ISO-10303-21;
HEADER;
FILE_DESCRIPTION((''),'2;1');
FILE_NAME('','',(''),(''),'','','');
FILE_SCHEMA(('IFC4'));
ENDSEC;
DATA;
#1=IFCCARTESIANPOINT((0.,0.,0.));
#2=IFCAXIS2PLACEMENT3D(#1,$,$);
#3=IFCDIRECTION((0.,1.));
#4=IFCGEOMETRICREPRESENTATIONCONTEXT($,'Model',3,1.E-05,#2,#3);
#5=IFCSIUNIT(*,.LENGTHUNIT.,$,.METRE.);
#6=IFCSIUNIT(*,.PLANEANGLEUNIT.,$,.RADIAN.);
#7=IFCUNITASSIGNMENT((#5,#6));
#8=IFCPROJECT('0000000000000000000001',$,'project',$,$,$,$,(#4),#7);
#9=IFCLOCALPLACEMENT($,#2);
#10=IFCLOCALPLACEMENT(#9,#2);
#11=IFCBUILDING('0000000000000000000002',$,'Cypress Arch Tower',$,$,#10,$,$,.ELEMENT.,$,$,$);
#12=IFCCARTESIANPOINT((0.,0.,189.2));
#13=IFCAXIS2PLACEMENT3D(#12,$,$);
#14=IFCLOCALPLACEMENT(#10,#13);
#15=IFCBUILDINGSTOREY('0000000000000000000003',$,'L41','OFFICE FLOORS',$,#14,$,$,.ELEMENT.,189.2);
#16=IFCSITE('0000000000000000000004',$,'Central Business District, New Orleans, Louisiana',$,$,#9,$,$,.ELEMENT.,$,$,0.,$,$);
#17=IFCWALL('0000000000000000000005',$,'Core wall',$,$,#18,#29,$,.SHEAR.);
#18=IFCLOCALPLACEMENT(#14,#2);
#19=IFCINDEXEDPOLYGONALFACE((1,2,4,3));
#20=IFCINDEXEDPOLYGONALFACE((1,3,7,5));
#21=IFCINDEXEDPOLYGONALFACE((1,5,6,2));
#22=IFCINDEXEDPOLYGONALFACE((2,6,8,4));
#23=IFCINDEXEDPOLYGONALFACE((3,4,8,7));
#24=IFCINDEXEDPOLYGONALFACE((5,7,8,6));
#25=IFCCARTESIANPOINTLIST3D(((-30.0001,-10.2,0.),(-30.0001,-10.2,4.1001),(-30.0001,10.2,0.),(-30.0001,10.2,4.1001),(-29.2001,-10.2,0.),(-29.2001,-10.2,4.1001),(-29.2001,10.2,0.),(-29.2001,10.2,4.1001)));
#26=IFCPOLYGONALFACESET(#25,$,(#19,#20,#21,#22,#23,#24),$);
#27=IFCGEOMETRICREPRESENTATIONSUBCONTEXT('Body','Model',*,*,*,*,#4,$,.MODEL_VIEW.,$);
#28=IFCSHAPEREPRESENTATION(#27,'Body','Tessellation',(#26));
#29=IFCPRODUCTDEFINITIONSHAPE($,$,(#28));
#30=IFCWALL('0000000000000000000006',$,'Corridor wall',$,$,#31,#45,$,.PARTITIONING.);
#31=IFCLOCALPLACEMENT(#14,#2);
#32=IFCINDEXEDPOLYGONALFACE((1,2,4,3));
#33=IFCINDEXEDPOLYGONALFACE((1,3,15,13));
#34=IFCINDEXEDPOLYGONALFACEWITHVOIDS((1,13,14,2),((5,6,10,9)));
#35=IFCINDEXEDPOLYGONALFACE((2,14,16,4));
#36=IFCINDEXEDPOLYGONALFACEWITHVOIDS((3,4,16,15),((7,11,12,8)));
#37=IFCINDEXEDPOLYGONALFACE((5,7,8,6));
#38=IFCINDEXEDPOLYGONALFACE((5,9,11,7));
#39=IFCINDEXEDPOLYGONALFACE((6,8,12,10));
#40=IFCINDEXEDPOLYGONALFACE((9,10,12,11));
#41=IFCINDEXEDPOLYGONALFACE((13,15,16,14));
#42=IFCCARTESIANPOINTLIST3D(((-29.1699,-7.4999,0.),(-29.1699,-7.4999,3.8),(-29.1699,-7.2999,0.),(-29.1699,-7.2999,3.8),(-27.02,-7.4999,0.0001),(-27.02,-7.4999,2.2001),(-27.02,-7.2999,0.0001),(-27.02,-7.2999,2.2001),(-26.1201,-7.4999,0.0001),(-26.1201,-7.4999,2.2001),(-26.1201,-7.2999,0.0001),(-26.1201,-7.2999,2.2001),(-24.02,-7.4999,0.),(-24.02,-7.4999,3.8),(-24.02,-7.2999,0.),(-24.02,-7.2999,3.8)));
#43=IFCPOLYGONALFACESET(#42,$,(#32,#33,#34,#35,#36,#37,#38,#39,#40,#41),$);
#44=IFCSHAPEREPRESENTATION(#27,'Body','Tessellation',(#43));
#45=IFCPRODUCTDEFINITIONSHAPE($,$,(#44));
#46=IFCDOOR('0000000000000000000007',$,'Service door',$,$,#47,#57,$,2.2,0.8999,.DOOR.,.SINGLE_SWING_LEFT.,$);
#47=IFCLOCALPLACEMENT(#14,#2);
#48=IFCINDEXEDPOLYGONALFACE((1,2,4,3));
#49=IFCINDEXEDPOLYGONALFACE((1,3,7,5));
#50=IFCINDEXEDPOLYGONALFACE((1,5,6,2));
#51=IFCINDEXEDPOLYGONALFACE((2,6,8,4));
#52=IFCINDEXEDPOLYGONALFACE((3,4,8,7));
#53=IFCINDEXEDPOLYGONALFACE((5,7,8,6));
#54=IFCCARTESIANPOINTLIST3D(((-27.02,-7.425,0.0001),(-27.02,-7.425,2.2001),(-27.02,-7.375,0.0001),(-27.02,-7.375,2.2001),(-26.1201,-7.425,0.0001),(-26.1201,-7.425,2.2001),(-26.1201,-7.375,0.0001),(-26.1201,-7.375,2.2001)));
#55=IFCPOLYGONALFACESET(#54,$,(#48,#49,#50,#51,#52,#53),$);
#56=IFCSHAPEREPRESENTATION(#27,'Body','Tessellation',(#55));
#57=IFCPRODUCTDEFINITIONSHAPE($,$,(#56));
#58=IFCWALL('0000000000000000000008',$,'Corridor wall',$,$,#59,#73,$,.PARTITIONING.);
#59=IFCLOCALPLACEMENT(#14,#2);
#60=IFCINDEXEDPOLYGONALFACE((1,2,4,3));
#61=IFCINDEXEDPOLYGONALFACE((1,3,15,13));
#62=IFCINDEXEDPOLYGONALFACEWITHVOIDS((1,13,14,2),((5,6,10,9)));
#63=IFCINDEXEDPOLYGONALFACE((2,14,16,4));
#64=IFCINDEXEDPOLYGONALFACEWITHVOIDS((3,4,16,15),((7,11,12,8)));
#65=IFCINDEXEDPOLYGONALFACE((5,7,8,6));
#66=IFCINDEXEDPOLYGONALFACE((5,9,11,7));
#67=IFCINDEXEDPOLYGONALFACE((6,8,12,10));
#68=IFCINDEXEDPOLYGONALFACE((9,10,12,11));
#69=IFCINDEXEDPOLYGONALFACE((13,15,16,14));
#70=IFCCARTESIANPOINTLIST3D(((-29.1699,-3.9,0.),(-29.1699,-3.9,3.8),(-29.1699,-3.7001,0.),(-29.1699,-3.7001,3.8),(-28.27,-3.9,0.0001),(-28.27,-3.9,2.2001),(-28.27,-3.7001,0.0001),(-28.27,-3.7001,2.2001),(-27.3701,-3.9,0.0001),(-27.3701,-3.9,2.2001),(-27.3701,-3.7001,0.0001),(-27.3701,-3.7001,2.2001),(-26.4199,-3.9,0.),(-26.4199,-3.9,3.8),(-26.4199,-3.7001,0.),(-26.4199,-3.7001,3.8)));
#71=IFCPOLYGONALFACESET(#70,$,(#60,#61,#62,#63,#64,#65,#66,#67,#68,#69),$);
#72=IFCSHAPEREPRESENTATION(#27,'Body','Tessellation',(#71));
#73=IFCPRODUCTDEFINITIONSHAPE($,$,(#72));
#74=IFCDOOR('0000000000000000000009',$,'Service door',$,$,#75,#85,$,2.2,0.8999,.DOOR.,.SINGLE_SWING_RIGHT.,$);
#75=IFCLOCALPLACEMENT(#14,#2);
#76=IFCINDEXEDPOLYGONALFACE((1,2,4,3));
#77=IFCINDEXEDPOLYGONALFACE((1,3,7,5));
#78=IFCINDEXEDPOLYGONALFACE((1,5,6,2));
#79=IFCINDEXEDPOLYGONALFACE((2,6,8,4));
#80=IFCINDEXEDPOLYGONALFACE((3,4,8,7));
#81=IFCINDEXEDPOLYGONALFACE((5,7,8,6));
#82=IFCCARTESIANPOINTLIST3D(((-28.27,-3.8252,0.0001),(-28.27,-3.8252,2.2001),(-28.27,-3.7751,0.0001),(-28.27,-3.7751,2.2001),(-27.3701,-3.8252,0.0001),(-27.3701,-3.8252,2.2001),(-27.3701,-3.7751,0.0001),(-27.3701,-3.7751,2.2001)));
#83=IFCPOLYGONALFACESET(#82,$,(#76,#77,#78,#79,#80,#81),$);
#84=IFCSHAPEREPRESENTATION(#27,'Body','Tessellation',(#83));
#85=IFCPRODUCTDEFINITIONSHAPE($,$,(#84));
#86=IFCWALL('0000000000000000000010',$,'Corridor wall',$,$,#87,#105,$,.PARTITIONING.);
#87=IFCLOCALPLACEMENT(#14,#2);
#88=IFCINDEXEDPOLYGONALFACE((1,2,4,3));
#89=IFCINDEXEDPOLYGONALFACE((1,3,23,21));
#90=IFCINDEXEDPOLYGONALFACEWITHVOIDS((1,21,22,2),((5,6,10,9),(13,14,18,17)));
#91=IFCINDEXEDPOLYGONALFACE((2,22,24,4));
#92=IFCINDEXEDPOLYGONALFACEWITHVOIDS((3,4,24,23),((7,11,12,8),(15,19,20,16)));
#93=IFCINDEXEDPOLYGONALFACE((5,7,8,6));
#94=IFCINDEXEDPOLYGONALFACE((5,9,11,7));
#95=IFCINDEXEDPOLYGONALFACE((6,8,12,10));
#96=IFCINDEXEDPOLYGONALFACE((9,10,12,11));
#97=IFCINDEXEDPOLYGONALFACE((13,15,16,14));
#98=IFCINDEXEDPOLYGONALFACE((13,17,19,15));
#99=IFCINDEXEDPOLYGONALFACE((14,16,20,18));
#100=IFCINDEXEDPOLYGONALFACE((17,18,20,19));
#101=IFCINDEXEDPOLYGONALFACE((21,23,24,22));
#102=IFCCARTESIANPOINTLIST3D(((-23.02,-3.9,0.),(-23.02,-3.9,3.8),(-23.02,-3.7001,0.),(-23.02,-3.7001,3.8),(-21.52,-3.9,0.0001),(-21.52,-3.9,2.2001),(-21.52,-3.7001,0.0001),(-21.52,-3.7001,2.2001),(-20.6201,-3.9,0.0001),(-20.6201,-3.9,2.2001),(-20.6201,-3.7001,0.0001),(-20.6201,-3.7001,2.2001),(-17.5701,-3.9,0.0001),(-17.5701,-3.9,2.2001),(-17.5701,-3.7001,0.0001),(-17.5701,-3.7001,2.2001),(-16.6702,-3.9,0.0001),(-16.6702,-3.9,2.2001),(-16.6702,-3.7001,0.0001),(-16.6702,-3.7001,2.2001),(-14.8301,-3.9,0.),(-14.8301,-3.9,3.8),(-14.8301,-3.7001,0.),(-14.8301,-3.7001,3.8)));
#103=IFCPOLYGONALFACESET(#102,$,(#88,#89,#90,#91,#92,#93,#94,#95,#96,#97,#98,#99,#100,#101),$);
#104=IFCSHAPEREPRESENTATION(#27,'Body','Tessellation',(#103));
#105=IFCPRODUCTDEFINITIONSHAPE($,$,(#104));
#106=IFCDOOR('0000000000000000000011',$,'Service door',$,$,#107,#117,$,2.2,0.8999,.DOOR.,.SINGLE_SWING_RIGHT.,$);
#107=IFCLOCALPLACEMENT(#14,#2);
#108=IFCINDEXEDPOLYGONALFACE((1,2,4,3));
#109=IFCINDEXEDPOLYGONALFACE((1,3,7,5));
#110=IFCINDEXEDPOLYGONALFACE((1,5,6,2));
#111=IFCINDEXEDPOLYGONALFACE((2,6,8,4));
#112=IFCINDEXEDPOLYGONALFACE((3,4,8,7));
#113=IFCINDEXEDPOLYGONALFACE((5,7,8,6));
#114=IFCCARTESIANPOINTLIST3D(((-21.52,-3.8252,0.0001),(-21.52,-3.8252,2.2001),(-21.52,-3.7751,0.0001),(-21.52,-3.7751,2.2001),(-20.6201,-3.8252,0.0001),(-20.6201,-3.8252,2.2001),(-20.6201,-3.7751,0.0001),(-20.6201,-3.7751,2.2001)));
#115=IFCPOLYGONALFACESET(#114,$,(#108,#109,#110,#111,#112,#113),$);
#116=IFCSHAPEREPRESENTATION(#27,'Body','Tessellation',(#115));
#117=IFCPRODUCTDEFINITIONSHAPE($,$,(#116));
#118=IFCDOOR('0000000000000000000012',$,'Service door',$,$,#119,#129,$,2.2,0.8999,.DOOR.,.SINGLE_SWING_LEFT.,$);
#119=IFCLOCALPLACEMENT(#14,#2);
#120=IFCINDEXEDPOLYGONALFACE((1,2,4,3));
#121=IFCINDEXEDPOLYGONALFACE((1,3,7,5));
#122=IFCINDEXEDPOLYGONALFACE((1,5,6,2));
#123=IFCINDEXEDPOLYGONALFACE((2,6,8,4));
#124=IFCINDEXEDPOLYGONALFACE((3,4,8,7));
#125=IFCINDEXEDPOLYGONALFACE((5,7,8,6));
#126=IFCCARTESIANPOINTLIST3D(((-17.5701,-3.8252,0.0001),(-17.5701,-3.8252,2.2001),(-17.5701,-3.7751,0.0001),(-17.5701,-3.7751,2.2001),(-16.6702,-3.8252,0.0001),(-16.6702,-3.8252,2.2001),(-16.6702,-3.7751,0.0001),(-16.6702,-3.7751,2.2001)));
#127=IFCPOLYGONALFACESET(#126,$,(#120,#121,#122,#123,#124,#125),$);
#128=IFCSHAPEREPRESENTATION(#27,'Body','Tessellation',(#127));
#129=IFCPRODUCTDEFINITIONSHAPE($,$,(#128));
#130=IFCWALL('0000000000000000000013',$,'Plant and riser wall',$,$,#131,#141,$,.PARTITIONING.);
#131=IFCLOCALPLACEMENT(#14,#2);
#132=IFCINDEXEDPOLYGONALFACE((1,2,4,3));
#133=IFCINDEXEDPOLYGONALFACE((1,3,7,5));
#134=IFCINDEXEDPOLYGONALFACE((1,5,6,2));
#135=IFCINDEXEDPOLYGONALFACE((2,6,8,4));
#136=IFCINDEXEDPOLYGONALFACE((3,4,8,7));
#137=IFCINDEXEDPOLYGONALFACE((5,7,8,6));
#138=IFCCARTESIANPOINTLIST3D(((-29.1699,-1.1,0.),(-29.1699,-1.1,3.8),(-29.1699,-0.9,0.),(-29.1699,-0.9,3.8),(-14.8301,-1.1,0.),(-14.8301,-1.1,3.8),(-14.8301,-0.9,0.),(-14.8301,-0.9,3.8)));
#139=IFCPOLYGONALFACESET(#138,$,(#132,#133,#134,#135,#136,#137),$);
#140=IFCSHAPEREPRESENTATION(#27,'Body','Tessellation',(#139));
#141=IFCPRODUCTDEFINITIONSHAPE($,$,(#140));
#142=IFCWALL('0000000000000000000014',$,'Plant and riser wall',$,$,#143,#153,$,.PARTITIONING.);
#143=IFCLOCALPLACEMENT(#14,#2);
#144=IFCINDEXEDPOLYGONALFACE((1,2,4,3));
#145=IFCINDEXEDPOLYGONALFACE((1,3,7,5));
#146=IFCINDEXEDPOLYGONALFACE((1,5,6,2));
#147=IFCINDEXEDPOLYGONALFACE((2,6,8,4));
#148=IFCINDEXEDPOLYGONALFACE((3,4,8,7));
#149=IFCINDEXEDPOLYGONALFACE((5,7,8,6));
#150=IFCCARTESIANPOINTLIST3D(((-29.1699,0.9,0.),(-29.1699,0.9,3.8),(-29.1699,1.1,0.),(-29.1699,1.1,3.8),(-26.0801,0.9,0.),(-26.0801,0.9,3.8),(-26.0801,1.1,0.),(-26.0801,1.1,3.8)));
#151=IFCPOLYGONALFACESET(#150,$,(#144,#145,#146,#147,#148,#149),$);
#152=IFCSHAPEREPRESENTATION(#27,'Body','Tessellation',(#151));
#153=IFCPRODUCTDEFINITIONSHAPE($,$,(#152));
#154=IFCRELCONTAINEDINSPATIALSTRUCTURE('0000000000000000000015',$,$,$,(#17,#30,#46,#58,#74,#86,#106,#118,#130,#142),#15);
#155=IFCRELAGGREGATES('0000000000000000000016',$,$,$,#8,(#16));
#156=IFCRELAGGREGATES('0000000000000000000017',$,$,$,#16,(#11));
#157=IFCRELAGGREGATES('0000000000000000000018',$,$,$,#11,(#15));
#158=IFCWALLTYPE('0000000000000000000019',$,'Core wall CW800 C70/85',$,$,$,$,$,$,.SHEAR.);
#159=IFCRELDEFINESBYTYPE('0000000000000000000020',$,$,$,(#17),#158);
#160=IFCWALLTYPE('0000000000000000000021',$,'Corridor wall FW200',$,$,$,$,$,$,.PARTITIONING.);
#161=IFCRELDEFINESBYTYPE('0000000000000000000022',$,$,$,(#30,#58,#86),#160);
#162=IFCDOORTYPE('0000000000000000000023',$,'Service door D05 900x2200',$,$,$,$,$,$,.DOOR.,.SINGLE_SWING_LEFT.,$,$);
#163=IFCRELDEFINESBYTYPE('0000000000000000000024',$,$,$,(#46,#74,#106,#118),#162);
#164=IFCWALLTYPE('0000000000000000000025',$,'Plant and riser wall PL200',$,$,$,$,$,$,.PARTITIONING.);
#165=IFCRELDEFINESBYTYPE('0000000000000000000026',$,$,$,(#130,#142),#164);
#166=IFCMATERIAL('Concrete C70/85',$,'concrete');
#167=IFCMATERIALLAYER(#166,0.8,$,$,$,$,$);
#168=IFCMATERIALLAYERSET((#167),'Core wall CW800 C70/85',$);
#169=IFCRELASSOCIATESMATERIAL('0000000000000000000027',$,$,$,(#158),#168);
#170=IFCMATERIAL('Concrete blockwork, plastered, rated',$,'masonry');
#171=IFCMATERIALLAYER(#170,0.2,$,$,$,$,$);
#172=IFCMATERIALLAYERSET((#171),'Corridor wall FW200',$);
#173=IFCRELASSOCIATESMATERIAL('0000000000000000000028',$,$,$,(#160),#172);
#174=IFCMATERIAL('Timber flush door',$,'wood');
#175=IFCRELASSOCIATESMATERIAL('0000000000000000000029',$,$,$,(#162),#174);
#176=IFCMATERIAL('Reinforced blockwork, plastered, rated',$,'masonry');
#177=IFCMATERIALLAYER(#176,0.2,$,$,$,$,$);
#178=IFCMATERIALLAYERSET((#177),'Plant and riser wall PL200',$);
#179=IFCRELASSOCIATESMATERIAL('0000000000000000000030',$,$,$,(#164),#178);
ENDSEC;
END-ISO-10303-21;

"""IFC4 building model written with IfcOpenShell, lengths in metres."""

from ifc_helpers import new_model, si_unit, direction, frame, frame_2d, origin, place, context, subcontext, project, spatial, rectangle, extrude, material, layer, layer_set, type_object, element, fill, save


model = new_model("IFC4")

# Units and contexts
model_context = context("Model", 3, precision=1e-05, world=origin(), true_north=direction((0.0, 1.0)))
body_context = subcontext(model_context, "Body", "Model", "MODEL_VIEW")
ifc_project = project(units=[si_unit("LENGTHUNIT", "METRE"), si_unit("PLANEANGLEUNIT", "RADIAN")], contexts=[model_context])

# Site, building, storey
site_placement = place(None, origin())
site = spatial("IfcSite", under=ifc_project, at=site_placement, Name="Central Business District, New Orleans, Louisiana", CompositionType="ELEMENT", RefElevation=0.0)
building_placement = place(site_placement, origin())
building = spatial("IfcBuilding", under=site, at=building_placement, Name="Cypress Arch Tower", CompositionType="ELEMENT")
storey_placement = place(building_placement, frame((0.0, 0.0, 189.2)))
storey = spatial("IfcBuildingStorey", under=building, at=storey_placement, Name="L41", Description="OFFICE FLOORS", CompositionType="ELEMENT", Elevation=189.2)

# Wall
ifc_material_1 = material(Name="Concrete C70/85", Category="concrete")
ifc_layer_1 = layer(ifc_material_1, 0.8)
ifc_layer_set_1 = layer_set([ifc_layer_1], Name="Core wall CW800 C70/85")
wall_type_1 = type_object("IfcWallType", Name="Core wall CW800 C70/85", PredefinedType="SHEAR", material=ifc_layer_set_1)
wall_1_placement = place(storey_placement, frame((-29.6001, -10.2, 0.0), z_axis=(0.0, 0.0, 1.0), x_axis=(0.0, 1.0, 0.0)))
element("IfcWall", 1, at=wall_1_placement, inside=storey, type_object=wall_type_1, Name="Core wall", PredefinedType="SHEAR", context=body_context, shape_type="SweptSolid", body=[
    extrude(rectangle(XDim=20.3999, YDim=0.8, at=frame_2d((10.2, 0.0))), origin(), (0.0, 0.0, 1.0), 4.1001),
])

# Walls, openings, doors
ifc_material_2 = material(Name="Concrete blockwork, plastered, rated", Category="masonry")
ifc_layer_2 = layer(ifc_material_2, 0.2)
ifc_layer_set_2 = layer_set([ifc_layer_2], Name="Corridor wall FW200")
wall_type_2 = type_object("IfcWallType", Name="Corridor wall FW200", PredefinedType="PARTITIONING", material=ifc_layer_set_2)
wall_2_placement = place(storey_placement, frame((-29.1699, -7.3999, 0.0), z_axis=(0.0, 0.0, 1.0), x_axis=(1.0, 0.0, 0.0)))
wall_2 = element("IfcWall", 2, at=wall_2_placement, inside=storey, type_object=wall_type_2, Name="Corridor wall", PredefinedType="PARTITIONING", context=body_context, shape_type="SweptSolid", body=[
    extrude(rectangle(XDim=5.1499, YDim=0.2, at=frame_2d((2.575, 0.0))), origin(), (0.0, 0.0, 1.0), 3.8),
])
opening_1_placement = place(wall_2_placement, frame((2.1499, 0.0, 0.0)))
opening_1 = element("IfcOpeningElement", 3, at=opening_1_placement, cuts=wall_2, PredefinedType="OPENING", context=body_context, shape_type="SweptSolid", body=[
    extrude(rectangle(XDim=0.8999, YDim=2.2, at=frame_2d((0.45, 1.1001))), frame((0.0, 0.1099, 0.0), z_axis=(0.0, -1.0, 0.0), x_axis=(1.0, 0.0, 0.0)), (0.0, 0.0, 1.0), 0.22),
])
ifc_material_3 = material(Name="Timber flush door", Category="wood")
door_type = type_object("IfcDoorType", Name="Service door D05 900x2200", OperationType="SINGLE_SWING_LEFT", PredefinedType="DOOR", material=ifc_material_3)
door_1_placement = place(opening_1_placement, origin())
door_1 = element("IfcDoor", 4, at=door_1_placement, inside=storey, type_object=door_type, Name="Service door", OperationType="SINGLE_SWING_LEFT", OverallHeight=2.2, OverallWidth=0.8999, PredefinedType="DOOR", context=body_context, shape_type="SweptSolid", body=[
    extrude(rectangle(XDim=0.8999, YDim=2.2, at=frame_2d((0.45, 1.1001))), frame((0.0, 0.0249, 0.0), z_axis=(0.0, -1.0, 0.0), x_axis=(1.0, 0.0, 0.0)), (0.0, 0.0, 1.0), 0.05),
])
fill(opening_1, door_1)
wall_3_placement = place(storey_placement, frame((-29.1699, -3.8, 0.0), z_axis=(0.0, 0.0, 1.0), x_axis=(1.0, 0.0, 0.0)))
wall_3 = element("IfcWall", 5, at=wall_3_placement, inside=storey, type_object=wall_type_2, Name="Corridor wall", PredefinedType="PARTITIONING", context=body_context, shape_type="SweptSolid", body=[
    extrude(rectangle(XDim=2.75, YDim=0.2, at=frame_2d((1.375, 0.0))), origin(), (0.0, 0.0, 1.0), 3.8),
])
opening_2_placement = place(wall_3_placement, frame((0.8999, 0.0, 0.0)))
opening_2 = element("IfcOpeningElement", 6, at=opening_2_placement, cuts=wall_3, PredefinedType="OPENING", context=body_context, shape_type="SweptSolid", body=[
    extrude(rectangle(XDim=0.8999, YDim=2.2, at=frame_2d((0.45, 1.1001))), frame((0.0, 0.1099, 0.0), z_axis=(0.0, -1.0, 0.0), x_axis=(1.0, 0.0, 0.0)), (0.0, 0.0, 1.0), 0.22),
])
door_2_placement = place(opening_2_placement, origin())
door_2 = element("IfcDoor", 7, at=door_2_placement, inside=storey, type_object=door_type, Name="Service door", OperationType="SINGLE_SWING_RIGHT", OverallHeight=2.2, OverallWidth=0.8999, PredefinedType="DOOR", context=body_context, shape_type="SweptSolid", body=[
    extrude(rectangle(XDim=0.8999, YDim=2.2, at=frame_2d((0.45, 1.1001))), frame((0.0, 0.0249, 0.0), z_axis=(0.0, -1.0, 0.0), x_axis=(1.0, 0.0, 0.0)), (0.0, 0.0, 1.0), 0.05),
])
fill(opening_2, door_2)

# Wall, openings, doors
wall_4_placement = place(storey_placement, frame((-23.02, -3.8, 0.0), z_axis=(0.0, 0.0, 1.0), x_axis=(1.0, 0.0, 0.0)))
wall_4 = element("IfcWall", 8, at=wall_4_placement, inside=storey, type_object=wall_type_2, Name="Corridor wall", PredefinedType="PARTITIONING", context=body_context, shape_type="SweptSolid", body=[
    extrude(rectangle(XDim=8.1899, YDim=0.2, at=frame_2d((4.095, 0.0))), origin(), (0.0, 0.0, 1.0), 3.8),
])
opening_3_placement = place(wall_4_placement, frame((1.5, 0.0, 0.0)))
opening_3 = element("IfcOpeningElement", 9, at=opening_3_placement, cuts=wall_4, PredefinedType="OPENING", context=body_context, shape_type="SweptSolid", body=[
    extrude(rectangle(XDim=0.8999, YDim=2.2, at=frame_2d((0.45, 1.1001))), frame((0.0, 0.1099, 0.0), z_axis=(0.0, -1.0, 0.0), x_axis=(1.0, 0.0, 0.0)), (0.0, 0.0, 1.0), 0.22),
])
opening_4_placement = place(wall_4_placement, frame((5.45, 0.0, 0.0)))
opening_4 = element("IfcOpeningElement", 10, at=opening_4_placement, cuts=wall_4, PredefinedType="OPENING", context=body_context, shape_type="SweptSolid", body=[
    extrude(rectangle(XDim=0.8999, YDim=2.2, at=frame_2d((0.45, 1.1001))), frame((0.0, 0.1099, 0.0), z_axis=(0.0, -1.0, 0.0), x_axis=(1.0, 0.0, 0.0)), (0.0, 0.0, 1.0), 0.22),
])
door_3_placement = place(opening_3_placement, origin())
door_3 = element("IfcDoor", 11, at=door_3_placement, inside=storey, type_object=door_type, Name="Service door", OperationType="SINGLE_SWING_RIGHT", OverallHeight=2.2, OverallWidth=0.8999, PredefinedType="DOOR", context=body_context, shape_type="SweptSolid", body=[
    extrude(rectangle(XDim=0.8999, YDim=2.2, at=frame_2d((0.45, 1.1001))), frame((0.0, 0.0249, 0.0), z_axis=(0.0, -1.0, 0.0), x_axis=(1.0, 0.0, 0.0)), (0.0, 0.0, 1.0), 0.05),
])
fill(opening_3, door_3)
door_4_placement = place(opening_4_placement, origin())
door_4 = element("IfcDoor", 12, at=door_4_placement, inside=storey, type_object=door_type, Name="Service door", OperationType="SINGLE_SWING_LEFT", OverallHeight=2.2, OverallWidth=0.8999, PredefinedType="DOOR", context=body_context, shape_type="SweptSolid", body=[
    extrude(rectangle(XDim=0.8999, YDim=2.2, at=frame_2d((0.45, 1.1001))), frame((0.0, 0.0249, 0.0), z_axis=(0.0, -1.0, 0.0), x_axis=(1.0, 0.0, 0.0)), (0.0, 0.0, 1.0), 0.05),
])
fill(opening_4, door_4)

# Walls
ifc_material_4 = material(Name="Reinforced blockwork, plastered, rated", Category="masonry")
ifc_layer_3 = layer(ifc_material_4, 0.2)
ifc_layer_set_3 = layer_set([ifc_layer_3], Name="Plant and riser wall PL200")
wall_type_3 = type_object("IfcWallType", Name="Plant and riser wall PL200", PredefinedType="PARTITIONING", material=ifc_layer_set_3)
wall_5_placement = place(storey_placement, frame((-29.1699, -1.0, 0.0), z_axis=(0.0, 0.0, 1.0), x_axis=(1.0, 0.0, 0.0)))
element("IfcWall", 13, at=wall_5_placement, inside=storey, type_object=wall_type_3, Name="Plant and riser wall", PredefinedType="PARTITIONING", context=body_context, shape_type="SweptSolid", body=[
    extrude(rectangle(XDim=14.3398, YDim=0.2, at=frame_2d((7.1699, 0.0))), origin(), (0.0, 0.0, 1.0), 3.8),
])
wall_6_placement = place(storey_placement, frame((-29.1699, 1.0, 0.0), z_axis=(0.0, 0.0, 1.0), x_axis=(1.0, 0.0, 0.0)))
element("IfcWall", 14, at=wall_6_placement, inside=storey, type_object=wall_type_3, Name="Plant and riser wall", PredefinedType="PARTITIONING", context=body_context, shape_type="SweptSolid", body=[
    extrude(rectangle(XDim=3.0898, YDim=0.2, at=frame_2d((1.5449, 0.0))), origin(), (0.0, 0.0, 1.0), 3.8),
])

save(model, "model.ifc")
